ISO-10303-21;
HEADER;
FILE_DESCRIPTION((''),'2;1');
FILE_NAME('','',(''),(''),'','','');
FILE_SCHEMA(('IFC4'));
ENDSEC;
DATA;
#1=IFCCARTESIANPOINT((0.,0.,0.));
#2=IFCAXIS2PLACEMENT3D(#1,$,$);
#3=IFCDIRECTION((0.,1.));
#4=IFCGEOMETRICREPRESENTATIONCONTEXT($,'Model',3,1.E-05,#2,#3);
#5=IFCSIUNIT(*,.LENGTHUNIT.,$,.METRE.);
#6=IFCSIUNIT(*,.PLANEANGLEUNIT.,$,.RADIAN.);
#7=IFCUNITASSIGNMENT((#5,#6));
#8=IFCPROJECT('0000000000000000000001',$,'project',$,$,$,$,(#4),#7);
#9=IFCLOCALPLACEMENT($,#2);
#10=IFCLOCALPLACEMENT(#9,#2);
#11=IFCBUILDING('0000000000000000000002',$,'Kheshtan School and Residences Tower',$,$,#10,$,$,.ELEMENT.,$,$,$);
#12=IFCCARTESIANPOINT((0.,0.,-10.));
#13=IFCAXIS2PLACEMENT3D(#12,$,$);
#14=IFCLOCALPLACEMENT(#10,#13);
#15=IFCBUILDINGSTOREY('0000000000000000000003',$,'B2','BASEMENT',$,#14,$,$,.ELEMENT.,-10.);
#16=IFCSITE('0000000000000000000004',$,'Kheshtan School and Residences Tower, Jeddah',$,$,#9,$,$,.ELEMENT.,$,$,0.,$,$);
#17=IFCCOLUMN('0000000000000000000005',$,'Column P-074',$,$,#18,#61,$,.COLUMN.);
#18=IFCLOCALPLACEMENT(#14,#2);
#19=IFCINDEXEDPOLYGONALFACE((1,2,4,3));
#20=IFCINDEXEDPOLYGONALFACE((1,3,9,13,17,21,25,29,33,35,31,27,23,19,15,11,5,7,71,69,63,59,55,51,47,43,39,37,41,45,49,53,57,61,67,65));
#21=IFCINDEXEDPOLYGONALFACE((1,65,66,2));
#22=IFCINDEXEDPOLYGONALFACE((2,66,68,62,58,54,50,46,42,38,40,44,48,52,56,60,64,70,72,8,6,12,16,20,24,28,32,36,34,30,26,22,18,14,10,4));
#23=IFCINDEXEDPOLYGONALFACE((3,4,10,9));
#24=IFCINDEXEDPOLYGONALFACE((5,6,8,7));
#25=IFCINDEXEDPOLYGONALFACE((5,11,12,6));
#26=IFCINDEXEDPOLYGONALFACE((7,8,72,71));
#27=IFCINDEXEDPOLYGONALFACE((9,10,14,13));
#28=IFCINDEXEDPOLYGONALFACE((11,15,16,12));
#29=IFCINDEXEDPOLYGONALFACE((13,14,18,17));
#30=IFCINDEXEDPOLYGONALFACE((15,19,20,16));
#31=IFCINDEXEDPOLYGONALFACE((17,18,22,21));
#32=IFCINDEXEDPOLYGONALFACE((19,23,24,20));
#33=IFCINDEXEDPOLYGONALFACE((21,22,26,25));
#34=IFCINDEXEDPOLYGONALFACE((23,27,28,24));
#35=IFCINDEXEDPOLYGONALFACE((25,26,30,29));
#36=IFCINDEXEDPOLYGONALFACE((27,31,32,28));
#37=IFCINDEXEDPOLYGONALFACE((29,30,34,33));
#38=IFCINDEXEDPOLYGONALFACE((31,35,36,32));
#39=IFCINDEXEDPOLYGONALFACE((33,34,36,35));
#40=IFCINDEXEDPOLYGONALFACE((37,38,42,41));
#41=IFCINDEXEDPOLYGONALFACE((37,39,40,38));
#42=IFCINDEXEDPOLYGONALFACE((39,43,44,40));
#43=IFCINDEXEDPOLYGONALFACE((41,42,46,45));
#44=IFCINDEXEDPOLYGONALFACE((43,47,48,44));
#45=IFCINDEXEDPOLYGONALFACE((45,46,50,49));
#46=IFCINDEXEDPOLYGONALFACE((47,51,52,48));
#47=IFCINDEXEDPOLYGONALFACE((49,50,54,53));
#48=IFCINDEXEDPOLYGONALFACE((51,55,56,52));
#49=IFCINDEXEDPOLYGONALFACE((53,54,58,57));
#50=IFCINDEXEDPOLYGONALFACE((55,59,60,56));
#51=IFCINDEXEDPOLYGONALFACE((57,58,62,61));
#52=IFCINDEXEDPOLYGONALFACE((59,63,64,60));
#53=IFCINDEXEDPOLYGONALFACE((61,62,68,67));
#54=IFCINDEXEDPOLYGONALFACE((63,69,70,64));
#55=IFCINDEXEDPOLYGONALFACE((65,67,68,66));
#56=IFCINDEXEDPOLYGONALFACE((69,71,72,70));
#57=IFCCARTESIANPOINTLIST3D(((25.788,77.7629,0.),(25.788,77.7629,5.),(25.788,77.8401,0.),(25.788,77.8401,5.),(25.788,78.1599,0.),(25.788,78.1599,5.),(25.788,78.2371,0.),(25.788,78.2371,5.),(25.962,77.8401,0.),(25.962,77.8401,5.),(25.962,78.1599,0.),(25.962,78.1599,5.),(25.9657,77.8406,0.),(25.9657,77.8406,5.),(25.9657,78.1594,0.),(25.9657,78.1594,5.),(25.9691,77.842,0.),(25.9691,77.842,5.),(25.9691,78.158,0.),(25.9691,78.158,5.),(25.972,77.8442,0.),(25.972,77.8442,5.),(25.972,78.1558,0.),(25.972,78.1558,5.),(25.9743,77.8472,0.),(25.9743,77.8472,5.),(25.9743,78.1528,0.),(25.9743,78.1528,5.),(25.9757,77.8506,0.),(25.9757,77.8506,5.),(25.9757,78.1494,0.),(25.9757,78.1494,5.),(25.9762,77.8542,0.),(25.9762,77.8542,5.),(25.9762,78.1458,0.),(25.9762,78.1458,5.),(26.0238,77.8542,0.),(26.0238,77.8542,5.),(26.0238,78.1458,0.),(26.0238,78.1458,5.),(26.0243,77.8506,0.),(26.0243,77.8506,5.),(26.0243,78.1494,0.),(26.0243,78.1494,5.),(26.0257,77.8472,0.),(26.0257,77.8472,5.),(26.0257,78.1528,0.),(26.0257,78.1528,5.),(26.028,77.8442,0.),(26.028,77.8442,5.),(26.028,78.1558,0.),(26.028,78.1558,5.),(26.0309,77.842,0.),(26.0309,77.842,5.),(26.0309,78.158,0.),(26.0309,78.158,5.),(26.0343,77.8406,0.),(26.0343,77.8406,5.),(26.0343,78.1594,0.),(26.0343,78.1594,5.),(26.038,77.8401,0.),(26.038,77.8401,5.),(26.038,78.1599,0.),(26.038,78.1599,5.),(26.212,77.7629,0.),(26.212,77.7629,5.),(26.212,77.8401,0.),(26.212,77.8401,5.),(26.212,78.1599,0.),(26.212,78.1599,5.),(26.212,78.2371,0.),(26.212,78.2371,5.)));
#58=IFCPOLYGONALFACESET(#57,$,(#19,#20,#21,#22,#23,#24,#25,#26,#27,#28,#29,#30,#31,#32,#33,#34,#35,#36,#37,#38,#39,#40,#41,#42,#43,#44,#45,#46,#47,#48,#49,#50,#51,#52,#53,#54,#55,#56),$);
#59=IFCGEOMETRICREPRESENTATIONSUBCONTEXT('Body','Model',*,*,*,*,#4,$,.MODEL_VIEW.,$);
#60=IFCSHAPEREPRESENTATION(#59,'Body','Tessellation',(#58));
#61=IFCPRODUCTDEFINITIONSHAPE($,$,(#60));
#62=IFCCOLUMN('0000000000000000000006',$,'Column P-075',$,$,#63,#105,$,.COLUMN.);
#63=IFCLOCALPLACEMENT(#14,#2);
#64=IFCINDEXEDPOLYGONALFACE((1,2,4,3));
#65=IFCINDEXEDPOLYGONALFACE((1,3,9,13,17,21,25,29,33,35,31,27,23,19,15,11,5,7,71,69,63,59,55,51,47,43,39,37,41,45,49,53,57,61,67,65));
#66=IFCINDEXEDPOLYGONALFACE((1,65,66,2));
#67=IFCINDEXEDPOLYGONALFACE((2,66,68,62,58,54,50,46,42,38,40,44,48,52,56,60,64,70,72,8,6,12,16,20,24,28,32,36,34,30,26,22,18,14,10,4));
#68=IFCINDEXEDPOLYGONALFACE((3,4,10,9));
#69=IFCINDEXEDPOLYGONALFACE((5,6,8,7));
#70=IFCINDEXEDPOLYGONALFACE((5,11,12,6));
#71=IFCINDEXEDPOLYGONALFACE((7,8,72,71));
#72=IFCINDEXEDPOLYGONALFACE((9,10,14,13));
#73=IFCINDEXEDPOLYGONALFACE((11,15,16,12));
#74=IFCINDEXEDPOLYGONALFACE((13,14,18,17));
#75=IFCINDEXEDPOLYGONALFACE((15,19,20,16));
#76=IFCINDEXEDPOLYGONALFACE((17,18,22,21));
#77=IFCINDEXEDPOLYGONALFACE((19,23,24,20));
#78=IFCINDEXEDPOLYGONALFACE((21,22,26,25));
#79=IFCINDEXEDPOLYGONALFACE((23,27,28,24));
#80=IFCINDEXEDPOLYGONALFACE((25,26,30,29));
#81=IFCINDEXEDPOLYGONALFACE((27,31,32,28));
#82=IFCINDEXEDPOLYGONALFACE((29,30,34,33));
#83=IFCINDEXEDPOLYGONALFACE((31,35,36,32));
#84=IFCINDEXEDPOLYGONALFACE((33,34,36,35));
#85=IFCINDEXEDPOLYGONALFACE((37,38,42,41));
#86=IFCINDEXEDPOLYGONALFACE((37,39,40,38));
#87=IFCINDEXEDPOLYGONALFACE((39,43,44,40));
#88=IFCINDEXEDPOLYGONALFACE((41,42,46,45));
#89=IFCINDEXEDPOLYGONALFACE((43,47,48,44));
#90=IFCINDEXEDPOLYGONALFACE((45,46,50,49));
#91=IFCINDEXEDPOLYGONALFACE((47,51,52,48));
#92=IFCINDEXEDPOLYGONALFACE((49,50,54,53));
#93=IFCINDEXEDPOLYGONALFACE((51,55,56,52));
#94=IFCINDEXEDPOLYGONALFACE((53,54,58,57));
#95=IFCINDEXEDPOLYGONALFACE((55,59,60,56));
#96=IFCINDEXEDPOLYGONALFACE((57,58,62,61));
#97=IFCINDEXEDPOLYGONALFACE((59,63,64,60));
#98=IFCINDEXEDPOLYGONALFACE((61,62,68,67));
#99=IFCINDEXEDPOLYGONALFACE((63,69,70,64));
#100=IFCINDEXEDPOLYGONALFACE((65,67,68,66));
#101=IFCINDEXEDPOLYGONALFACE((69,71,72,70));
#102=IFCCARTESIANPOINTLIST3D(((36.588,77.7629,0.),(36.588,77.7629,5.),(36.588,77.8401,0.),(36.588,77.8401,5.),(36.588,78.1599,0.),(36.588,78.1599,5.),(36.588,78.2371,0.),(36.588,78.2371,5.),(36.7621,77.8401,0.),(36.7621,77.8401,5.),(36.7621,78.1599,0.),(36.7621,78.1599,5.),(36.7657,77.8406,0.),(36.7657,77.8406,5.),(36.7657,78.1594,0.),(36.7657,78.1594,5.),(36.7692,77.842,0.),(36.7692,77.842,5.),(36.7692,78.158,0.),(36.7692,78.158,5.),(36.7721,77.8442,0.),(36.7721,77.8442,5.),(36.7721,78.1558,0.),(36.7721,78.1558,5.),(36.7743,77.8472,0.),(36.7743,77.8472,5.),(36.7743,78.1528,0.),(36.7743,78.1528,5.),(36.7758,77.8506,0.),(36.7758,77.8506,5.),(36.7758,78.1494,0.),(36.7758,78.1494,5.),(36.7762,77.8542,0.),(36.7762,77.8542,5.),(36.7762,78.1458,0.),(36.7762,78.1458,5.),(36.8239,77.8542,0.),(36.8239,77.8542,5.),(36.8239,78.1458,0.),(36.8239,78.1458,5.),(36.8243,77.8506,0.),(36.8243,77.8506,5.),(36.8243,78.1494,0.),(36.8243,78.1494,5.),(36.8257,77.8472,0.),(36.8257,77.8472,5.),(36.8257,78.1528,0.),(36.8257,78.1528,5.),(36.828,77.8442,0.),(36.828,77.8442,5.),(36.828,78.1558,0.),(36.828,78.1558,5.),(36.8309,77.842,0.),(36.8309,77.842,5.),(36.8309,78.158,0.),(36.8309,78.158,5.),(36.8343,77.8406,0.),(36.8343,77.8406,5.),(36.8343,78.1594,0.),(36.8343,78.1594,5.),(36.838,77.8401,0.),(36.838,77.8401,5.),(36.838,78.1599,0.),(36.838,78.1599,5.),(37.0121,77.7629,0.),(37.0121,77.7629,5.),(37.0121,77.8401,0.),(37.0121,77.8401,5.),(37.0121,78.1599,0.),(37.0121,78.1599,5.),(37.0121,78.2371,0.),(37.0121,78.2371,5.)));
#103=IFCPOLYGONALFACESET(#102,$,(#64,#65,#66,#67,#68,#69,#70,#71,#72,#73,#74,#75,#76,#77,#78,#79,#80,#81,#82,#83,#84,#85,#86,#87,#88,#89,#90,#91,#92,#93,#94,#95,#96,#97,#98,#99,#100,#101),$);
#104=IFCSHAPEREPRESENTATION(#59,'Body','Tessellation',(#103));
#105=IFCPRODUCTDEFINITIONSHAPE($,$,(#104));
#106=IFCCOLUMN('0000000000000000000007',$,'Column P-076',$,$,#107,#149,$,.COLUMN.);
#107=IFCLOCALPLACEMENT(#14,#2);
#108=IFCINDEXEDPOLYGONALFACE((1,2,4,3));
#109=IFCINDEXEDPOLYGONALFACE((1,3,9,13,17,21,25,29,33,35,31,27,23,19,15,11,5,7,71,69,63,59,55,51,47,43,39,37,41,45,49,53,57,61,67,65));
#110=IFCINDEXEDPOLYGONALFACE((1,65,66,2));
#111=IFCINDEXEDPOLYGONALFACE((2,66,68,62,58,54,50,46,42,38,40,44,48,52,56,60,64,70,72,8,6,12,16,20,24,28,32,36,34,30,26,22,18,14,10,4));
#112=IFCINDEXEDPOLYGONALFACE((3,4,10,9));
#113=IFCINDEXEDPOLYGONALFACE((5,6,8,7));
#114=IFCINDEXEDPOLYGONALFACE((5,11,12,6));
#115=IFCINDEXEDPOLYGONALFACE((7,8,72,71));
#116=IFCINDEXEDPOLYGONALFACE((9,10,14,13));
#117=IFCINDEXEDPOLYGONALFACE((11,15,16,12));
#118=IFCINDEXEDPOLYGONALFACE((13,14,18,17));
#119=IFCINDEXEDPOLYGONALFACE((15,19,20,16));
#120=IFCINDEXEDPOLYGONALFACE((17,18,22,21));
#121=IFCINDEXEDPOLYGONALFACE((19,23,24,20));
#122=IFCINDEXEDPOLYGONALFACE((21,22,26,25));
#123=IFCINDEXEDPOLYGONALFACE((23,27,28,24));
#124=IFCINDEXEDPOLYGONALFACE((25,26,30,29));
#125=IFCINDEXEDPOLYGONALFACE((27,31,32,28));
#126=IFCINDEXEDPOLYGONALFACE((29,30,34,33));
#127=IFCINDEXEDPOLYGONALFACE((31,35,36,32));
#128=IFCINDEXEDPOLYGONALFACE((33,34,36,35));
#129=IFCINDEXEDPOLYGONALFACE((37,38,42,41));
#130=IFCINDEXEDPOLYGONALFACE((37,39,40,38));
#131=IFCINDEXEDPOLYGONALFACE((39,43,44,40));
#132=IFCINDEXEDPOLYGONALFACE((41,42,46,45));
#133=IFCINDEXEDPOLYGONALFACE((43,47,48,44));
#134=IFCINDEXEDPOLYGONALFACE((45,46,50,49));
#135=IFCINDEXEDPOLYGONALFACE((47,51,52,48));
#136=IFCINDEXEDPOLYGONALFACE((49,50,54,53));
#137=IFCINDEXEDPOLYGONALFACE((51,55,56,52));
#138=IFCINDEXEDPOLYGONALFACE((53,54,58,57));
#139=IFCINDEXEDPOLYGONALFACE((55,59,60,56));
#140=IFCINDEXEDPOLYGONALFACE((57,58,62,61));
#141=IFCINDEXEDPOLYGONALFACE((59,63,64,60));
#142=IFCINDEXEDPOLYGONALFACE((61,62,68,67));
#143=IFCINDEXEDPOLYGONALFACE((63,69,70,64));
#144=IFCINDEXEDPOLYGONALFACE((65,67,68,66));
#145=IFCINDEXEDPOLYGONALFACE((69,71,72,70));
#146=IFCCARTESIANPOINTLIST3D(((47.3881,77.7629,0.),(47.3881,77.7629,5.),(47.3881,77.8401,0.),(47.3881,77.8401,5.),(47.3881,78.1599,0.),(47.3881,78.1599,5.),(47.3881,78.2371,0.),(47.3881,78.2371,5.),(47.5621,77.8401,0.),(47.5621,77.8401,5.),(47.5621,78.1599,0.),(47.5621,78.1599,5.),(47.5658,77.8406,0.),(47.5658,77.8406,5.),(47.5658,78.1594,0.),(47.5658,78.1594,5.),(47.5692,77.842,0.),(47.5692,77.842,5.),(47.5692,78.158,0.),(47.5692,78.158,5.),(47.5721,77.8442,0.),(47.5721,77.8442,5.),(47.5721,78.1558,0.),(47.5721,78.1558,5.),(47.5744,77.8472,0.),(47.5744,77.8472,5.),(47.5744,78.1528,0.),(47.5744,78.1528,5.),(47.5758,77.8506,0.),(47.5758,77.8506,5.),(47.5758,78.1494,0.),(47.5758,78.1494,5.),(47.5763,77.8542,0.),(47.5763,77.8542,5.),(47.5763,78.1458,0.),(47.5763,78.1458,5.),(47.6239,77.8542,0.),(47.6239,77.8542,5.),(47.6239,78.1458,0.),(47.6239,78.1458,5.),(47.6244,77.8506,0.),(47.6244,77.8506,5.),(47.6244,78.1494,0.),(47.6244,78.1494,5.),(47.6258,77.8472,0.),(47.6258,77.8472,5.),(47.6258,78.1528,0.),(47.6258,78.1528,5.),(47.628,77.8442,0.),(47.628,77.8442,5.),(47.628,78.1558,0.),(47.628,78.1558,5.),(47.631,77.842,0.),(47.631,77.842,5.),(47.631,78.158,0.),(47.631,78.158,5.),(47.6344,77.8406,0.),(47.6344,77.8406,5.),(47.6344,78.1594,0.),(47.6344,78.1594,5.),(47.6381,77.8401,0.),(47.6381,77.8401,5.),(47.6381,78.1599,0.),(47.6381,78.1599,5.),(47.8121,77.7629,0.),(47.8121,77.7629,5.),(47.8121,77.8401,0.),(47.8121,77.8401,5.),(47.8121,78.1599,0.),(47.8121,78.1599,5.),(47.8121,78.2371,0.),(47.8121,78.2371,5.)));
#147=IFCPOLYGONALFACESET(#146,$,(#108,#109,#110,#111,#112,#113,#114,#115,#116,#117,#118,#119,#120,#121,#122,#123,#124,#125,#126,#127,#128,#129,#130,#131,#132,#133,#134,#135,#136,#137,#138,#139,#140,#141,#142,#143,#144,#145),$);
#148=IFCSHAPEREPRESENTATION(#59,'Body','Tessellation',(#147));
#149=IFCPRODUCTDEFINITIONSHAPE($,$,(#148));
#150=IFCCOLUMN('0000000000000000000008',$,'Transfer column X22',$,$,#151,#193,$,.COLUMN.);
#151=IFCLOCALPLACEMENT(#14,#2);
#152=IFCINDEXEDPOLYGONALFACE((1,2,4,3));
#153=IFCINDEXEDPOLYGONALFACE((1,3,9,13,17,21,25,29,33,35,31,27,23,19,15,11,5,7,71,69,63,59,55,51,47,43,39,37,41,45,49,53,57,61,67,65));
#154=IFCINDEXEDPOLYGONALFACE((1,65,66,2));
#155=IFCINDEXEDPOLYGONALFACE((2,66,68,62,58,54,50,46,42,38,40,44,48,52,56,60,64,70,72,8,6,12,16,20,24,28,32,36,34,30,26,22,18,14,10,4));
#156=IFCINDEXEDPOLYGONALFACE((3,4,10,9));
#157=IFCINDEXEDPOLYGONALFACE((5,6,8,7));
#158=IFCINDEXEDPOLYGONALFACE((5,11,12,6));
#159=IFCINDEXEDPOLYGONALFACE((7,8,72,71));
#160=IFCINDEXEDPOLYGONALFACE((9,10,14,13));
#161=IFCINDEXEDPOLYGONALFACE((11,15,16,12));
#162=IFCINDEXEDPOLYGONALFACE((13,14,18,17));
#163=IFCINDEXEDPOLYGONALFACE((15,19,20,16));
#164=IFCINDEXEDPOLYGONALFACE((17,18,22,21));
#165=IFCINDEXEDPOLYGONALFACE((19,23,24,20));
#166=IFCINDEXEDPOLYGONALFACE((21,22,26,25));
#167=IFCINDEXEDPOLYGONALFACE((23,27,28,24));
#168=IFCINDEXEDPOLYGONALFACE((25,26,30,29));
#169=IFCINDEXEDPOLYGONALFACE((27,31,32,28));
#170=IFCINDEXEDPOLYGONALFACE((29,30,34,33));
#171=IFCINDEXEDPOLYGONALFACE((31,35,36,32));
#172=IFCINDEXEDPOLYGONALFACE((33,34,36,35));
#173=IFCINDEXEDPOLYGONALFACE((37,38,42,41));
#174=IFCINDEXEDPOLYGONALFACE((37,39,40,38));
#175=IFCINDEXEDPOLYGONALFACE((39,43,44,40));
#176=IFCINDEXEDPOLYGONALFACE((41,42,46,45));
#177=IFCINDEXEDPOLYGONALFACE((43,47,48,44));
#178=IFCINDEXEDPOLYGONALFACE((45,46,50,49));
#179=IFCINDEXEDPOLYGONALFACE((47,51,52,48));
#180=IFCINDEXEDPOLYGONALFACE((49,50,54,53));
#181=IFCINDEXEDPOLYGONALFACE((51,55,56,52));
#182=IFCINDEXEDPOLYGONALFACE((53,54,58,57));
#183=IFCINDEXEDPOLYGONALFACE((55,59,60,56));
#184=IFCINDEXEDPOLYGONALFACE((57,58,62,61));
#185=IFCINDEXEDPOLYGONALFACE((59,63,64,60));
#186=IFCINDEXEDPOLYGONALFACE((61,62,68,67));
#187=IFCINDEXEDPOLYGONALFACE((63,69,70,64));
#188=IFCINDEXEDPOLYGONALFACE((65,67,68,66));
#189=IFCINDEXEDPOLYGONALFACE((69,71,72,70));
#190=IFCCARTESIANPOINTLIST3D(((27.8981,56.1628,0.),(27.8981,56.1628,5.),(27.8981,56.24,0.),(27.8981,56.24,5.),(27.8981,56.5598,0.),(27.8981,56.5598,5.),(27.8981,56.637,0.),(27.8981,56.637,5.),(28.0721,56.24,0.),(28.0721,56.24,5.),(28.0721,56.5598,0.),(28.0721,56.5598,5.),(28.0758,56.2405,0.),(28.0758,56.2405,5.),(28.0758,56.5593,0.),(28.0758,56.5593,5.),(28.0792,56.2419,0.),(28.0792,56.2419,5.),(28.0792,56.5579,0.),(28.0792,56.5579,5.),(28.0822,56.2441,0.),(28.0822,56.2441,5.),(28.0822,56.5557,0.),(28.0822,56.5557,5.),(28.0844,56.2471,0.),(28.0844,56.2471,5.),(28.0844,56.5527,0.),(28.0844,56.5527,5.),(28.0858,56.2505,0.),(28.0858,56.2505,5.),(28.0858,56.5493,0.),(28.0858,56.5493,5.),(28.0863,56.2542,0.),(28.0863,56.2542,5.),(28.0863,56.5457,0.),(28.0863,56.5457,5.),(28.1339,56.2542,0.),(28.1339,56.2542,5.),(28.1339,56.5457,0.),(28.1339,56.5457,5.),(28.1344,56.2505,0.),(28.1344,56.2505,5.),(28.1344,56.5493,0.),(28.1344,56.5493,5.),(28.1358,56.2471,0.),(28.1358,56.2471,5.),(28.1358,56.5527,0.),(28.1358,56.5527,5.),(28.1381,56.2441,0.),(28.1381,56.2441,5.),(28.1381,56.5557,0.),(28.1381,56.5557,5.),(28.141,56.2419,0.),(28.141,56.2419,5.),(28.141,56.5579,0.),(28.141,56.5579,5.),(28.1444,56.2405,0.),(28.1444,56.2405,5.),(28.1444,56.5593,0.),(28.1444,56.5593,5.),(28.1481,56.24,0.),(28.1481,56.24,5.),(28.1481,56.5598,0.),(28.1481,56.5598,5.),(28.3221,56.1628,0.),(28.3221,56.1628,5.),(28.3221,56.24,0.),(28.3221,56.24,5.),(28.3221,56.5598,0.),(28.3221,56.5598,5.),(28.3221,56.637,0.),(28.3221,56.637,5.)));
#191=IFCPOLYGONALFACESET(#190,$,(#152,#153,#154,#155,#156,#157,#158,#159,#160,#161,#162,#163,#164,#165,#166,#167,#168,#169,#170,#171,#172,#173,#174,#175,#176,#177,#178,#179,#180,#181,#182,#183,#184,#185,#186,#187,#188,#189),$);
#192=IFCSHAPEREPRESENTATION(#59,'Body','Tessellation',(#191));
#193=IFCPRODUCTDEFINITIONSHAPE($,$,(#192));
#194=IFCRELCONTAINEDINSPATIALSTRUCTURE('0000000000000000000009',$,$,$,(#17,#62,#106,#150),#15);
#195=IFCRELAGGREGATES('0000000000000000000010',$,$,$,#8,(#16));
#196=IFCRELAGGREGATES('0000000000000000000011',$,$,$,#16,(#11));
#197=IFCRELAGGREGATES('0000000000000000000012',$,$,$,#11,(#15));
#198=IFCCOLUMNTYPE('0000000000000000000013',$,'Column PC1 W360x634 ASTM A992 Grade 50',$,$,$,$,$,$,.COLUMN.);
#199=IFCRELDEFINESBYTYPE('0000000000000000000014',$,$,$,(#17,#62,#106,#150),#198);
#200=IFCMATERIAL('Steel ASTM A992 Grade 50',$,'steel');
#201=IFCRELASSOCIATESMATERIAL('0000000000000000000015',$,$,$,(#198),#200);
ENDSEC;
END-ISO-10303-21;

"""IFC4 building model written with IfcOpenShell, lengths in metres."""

from ifc_helpers import new_model, si_unit, direction, frame, origin, origin_2d, place, context, subcontext, project, spatial, i_section, extrude, material, material_profile, profile_set, type_object, element, save


model = new_model("IFC4")

# Units and contexts
model_context = context("Model", 3, precision=1e-05, world=origin(), true_north=direction((0.0, 1.0)))
body_context = subcontext(model_context, "Body", "Model", "MODEL_VIEW")
ifc_project = project(units=[si_unit("LENGTHUNIT", "METRE"), si_unit("PLANEANGLEUNIT", "RADIAN")], contexts=[model_context])

# Site, building, storey
site_placement = place(None, origin())
site = spatial("IfcSite", under=ifc_project, at=site_placement, Name="Kheshtan School and Residences Tower, Jeddah", CompositionType="ELEMENT", RefElevation=0.0)
building_placement = place(site_placement, origin())
building = spatial("IfcBuilding", under=site, at=building_placement, Name="Kheshtan School and Residences Tower", CompositionType="ELEMENT")
storey_placement = place(building_placement, frame((0.0, 0.0, -10.0)))
storey = spatial("IfcBuildingStorey", under=building, at=storey_placement, Name="B2", Description="BASEMENT", CompositionType="ELEMENT", Elevation=-10.0)

# Columns
ifc_material_1 = material(Name="Steel ASTM A992 Grade 50", Category="steel")
ifc_material_profile_1 = material_profile(ifc_material_1, i_section(OverallWidth=0.4241, OverallDepth=0.4741, WebThickness=0.0476, FlangeThickness=0.0771, FilletRadius=0.0142, at=origin_2d()), Name="W360x634")
ifc_profile_set_1 = profile_set([ifc_material_profile_1], Name="Steel ASTM A992 Grade 50")
column_type = type_object("IfcColumnType", Name="Column PC1 W360x634 ASTM A992 Grade 50", PredefinedType="COLUMN", material=ifc_profile_set_1)
for number, where, z_axis, x_axis, name in (
    (1, (26.0, 78.0, 0.0), (0.0, 0.0, 1.0), (1.0, 0.0, 0.0), "Column P-074"),
    (2, (36.8, 78.0, 0.0), (0.0, 0.0, 1.0), (1.0, 0.0, 0.0), "Column P-075"),
    (3, (47.6001, 78.0, 0.0), (0.0, 0.0, 1.0), (1.0, 0.0, 0.0), "Column P-076"),
    (4, (28.1101, 56.3999, 0.0), (0.0, 0.0, 1.0), (1.0, 0.0, 0.0), "Transfer column X22"),
):
    element("IfcColumn", number, at=place(storey_placement, frame(where, z_axis=z_axis, x_axis=x_axis)), inside=storey, type_object=column_type, Name=name, PredefinedType="COLUMN", context=body_context, shape_type="SweptSolid", body=[
        extrude(i_section(OverallWidth=0.4241, OverallDepth=0.4741, WebThickness=0.0476, FlangeThickness=0.0771, FilletRadius=0.0142, at=origin_2d()), origin(), (0.0, 0.0, 1.0), 5.0),
    ])

save(model, "model.ifc")
